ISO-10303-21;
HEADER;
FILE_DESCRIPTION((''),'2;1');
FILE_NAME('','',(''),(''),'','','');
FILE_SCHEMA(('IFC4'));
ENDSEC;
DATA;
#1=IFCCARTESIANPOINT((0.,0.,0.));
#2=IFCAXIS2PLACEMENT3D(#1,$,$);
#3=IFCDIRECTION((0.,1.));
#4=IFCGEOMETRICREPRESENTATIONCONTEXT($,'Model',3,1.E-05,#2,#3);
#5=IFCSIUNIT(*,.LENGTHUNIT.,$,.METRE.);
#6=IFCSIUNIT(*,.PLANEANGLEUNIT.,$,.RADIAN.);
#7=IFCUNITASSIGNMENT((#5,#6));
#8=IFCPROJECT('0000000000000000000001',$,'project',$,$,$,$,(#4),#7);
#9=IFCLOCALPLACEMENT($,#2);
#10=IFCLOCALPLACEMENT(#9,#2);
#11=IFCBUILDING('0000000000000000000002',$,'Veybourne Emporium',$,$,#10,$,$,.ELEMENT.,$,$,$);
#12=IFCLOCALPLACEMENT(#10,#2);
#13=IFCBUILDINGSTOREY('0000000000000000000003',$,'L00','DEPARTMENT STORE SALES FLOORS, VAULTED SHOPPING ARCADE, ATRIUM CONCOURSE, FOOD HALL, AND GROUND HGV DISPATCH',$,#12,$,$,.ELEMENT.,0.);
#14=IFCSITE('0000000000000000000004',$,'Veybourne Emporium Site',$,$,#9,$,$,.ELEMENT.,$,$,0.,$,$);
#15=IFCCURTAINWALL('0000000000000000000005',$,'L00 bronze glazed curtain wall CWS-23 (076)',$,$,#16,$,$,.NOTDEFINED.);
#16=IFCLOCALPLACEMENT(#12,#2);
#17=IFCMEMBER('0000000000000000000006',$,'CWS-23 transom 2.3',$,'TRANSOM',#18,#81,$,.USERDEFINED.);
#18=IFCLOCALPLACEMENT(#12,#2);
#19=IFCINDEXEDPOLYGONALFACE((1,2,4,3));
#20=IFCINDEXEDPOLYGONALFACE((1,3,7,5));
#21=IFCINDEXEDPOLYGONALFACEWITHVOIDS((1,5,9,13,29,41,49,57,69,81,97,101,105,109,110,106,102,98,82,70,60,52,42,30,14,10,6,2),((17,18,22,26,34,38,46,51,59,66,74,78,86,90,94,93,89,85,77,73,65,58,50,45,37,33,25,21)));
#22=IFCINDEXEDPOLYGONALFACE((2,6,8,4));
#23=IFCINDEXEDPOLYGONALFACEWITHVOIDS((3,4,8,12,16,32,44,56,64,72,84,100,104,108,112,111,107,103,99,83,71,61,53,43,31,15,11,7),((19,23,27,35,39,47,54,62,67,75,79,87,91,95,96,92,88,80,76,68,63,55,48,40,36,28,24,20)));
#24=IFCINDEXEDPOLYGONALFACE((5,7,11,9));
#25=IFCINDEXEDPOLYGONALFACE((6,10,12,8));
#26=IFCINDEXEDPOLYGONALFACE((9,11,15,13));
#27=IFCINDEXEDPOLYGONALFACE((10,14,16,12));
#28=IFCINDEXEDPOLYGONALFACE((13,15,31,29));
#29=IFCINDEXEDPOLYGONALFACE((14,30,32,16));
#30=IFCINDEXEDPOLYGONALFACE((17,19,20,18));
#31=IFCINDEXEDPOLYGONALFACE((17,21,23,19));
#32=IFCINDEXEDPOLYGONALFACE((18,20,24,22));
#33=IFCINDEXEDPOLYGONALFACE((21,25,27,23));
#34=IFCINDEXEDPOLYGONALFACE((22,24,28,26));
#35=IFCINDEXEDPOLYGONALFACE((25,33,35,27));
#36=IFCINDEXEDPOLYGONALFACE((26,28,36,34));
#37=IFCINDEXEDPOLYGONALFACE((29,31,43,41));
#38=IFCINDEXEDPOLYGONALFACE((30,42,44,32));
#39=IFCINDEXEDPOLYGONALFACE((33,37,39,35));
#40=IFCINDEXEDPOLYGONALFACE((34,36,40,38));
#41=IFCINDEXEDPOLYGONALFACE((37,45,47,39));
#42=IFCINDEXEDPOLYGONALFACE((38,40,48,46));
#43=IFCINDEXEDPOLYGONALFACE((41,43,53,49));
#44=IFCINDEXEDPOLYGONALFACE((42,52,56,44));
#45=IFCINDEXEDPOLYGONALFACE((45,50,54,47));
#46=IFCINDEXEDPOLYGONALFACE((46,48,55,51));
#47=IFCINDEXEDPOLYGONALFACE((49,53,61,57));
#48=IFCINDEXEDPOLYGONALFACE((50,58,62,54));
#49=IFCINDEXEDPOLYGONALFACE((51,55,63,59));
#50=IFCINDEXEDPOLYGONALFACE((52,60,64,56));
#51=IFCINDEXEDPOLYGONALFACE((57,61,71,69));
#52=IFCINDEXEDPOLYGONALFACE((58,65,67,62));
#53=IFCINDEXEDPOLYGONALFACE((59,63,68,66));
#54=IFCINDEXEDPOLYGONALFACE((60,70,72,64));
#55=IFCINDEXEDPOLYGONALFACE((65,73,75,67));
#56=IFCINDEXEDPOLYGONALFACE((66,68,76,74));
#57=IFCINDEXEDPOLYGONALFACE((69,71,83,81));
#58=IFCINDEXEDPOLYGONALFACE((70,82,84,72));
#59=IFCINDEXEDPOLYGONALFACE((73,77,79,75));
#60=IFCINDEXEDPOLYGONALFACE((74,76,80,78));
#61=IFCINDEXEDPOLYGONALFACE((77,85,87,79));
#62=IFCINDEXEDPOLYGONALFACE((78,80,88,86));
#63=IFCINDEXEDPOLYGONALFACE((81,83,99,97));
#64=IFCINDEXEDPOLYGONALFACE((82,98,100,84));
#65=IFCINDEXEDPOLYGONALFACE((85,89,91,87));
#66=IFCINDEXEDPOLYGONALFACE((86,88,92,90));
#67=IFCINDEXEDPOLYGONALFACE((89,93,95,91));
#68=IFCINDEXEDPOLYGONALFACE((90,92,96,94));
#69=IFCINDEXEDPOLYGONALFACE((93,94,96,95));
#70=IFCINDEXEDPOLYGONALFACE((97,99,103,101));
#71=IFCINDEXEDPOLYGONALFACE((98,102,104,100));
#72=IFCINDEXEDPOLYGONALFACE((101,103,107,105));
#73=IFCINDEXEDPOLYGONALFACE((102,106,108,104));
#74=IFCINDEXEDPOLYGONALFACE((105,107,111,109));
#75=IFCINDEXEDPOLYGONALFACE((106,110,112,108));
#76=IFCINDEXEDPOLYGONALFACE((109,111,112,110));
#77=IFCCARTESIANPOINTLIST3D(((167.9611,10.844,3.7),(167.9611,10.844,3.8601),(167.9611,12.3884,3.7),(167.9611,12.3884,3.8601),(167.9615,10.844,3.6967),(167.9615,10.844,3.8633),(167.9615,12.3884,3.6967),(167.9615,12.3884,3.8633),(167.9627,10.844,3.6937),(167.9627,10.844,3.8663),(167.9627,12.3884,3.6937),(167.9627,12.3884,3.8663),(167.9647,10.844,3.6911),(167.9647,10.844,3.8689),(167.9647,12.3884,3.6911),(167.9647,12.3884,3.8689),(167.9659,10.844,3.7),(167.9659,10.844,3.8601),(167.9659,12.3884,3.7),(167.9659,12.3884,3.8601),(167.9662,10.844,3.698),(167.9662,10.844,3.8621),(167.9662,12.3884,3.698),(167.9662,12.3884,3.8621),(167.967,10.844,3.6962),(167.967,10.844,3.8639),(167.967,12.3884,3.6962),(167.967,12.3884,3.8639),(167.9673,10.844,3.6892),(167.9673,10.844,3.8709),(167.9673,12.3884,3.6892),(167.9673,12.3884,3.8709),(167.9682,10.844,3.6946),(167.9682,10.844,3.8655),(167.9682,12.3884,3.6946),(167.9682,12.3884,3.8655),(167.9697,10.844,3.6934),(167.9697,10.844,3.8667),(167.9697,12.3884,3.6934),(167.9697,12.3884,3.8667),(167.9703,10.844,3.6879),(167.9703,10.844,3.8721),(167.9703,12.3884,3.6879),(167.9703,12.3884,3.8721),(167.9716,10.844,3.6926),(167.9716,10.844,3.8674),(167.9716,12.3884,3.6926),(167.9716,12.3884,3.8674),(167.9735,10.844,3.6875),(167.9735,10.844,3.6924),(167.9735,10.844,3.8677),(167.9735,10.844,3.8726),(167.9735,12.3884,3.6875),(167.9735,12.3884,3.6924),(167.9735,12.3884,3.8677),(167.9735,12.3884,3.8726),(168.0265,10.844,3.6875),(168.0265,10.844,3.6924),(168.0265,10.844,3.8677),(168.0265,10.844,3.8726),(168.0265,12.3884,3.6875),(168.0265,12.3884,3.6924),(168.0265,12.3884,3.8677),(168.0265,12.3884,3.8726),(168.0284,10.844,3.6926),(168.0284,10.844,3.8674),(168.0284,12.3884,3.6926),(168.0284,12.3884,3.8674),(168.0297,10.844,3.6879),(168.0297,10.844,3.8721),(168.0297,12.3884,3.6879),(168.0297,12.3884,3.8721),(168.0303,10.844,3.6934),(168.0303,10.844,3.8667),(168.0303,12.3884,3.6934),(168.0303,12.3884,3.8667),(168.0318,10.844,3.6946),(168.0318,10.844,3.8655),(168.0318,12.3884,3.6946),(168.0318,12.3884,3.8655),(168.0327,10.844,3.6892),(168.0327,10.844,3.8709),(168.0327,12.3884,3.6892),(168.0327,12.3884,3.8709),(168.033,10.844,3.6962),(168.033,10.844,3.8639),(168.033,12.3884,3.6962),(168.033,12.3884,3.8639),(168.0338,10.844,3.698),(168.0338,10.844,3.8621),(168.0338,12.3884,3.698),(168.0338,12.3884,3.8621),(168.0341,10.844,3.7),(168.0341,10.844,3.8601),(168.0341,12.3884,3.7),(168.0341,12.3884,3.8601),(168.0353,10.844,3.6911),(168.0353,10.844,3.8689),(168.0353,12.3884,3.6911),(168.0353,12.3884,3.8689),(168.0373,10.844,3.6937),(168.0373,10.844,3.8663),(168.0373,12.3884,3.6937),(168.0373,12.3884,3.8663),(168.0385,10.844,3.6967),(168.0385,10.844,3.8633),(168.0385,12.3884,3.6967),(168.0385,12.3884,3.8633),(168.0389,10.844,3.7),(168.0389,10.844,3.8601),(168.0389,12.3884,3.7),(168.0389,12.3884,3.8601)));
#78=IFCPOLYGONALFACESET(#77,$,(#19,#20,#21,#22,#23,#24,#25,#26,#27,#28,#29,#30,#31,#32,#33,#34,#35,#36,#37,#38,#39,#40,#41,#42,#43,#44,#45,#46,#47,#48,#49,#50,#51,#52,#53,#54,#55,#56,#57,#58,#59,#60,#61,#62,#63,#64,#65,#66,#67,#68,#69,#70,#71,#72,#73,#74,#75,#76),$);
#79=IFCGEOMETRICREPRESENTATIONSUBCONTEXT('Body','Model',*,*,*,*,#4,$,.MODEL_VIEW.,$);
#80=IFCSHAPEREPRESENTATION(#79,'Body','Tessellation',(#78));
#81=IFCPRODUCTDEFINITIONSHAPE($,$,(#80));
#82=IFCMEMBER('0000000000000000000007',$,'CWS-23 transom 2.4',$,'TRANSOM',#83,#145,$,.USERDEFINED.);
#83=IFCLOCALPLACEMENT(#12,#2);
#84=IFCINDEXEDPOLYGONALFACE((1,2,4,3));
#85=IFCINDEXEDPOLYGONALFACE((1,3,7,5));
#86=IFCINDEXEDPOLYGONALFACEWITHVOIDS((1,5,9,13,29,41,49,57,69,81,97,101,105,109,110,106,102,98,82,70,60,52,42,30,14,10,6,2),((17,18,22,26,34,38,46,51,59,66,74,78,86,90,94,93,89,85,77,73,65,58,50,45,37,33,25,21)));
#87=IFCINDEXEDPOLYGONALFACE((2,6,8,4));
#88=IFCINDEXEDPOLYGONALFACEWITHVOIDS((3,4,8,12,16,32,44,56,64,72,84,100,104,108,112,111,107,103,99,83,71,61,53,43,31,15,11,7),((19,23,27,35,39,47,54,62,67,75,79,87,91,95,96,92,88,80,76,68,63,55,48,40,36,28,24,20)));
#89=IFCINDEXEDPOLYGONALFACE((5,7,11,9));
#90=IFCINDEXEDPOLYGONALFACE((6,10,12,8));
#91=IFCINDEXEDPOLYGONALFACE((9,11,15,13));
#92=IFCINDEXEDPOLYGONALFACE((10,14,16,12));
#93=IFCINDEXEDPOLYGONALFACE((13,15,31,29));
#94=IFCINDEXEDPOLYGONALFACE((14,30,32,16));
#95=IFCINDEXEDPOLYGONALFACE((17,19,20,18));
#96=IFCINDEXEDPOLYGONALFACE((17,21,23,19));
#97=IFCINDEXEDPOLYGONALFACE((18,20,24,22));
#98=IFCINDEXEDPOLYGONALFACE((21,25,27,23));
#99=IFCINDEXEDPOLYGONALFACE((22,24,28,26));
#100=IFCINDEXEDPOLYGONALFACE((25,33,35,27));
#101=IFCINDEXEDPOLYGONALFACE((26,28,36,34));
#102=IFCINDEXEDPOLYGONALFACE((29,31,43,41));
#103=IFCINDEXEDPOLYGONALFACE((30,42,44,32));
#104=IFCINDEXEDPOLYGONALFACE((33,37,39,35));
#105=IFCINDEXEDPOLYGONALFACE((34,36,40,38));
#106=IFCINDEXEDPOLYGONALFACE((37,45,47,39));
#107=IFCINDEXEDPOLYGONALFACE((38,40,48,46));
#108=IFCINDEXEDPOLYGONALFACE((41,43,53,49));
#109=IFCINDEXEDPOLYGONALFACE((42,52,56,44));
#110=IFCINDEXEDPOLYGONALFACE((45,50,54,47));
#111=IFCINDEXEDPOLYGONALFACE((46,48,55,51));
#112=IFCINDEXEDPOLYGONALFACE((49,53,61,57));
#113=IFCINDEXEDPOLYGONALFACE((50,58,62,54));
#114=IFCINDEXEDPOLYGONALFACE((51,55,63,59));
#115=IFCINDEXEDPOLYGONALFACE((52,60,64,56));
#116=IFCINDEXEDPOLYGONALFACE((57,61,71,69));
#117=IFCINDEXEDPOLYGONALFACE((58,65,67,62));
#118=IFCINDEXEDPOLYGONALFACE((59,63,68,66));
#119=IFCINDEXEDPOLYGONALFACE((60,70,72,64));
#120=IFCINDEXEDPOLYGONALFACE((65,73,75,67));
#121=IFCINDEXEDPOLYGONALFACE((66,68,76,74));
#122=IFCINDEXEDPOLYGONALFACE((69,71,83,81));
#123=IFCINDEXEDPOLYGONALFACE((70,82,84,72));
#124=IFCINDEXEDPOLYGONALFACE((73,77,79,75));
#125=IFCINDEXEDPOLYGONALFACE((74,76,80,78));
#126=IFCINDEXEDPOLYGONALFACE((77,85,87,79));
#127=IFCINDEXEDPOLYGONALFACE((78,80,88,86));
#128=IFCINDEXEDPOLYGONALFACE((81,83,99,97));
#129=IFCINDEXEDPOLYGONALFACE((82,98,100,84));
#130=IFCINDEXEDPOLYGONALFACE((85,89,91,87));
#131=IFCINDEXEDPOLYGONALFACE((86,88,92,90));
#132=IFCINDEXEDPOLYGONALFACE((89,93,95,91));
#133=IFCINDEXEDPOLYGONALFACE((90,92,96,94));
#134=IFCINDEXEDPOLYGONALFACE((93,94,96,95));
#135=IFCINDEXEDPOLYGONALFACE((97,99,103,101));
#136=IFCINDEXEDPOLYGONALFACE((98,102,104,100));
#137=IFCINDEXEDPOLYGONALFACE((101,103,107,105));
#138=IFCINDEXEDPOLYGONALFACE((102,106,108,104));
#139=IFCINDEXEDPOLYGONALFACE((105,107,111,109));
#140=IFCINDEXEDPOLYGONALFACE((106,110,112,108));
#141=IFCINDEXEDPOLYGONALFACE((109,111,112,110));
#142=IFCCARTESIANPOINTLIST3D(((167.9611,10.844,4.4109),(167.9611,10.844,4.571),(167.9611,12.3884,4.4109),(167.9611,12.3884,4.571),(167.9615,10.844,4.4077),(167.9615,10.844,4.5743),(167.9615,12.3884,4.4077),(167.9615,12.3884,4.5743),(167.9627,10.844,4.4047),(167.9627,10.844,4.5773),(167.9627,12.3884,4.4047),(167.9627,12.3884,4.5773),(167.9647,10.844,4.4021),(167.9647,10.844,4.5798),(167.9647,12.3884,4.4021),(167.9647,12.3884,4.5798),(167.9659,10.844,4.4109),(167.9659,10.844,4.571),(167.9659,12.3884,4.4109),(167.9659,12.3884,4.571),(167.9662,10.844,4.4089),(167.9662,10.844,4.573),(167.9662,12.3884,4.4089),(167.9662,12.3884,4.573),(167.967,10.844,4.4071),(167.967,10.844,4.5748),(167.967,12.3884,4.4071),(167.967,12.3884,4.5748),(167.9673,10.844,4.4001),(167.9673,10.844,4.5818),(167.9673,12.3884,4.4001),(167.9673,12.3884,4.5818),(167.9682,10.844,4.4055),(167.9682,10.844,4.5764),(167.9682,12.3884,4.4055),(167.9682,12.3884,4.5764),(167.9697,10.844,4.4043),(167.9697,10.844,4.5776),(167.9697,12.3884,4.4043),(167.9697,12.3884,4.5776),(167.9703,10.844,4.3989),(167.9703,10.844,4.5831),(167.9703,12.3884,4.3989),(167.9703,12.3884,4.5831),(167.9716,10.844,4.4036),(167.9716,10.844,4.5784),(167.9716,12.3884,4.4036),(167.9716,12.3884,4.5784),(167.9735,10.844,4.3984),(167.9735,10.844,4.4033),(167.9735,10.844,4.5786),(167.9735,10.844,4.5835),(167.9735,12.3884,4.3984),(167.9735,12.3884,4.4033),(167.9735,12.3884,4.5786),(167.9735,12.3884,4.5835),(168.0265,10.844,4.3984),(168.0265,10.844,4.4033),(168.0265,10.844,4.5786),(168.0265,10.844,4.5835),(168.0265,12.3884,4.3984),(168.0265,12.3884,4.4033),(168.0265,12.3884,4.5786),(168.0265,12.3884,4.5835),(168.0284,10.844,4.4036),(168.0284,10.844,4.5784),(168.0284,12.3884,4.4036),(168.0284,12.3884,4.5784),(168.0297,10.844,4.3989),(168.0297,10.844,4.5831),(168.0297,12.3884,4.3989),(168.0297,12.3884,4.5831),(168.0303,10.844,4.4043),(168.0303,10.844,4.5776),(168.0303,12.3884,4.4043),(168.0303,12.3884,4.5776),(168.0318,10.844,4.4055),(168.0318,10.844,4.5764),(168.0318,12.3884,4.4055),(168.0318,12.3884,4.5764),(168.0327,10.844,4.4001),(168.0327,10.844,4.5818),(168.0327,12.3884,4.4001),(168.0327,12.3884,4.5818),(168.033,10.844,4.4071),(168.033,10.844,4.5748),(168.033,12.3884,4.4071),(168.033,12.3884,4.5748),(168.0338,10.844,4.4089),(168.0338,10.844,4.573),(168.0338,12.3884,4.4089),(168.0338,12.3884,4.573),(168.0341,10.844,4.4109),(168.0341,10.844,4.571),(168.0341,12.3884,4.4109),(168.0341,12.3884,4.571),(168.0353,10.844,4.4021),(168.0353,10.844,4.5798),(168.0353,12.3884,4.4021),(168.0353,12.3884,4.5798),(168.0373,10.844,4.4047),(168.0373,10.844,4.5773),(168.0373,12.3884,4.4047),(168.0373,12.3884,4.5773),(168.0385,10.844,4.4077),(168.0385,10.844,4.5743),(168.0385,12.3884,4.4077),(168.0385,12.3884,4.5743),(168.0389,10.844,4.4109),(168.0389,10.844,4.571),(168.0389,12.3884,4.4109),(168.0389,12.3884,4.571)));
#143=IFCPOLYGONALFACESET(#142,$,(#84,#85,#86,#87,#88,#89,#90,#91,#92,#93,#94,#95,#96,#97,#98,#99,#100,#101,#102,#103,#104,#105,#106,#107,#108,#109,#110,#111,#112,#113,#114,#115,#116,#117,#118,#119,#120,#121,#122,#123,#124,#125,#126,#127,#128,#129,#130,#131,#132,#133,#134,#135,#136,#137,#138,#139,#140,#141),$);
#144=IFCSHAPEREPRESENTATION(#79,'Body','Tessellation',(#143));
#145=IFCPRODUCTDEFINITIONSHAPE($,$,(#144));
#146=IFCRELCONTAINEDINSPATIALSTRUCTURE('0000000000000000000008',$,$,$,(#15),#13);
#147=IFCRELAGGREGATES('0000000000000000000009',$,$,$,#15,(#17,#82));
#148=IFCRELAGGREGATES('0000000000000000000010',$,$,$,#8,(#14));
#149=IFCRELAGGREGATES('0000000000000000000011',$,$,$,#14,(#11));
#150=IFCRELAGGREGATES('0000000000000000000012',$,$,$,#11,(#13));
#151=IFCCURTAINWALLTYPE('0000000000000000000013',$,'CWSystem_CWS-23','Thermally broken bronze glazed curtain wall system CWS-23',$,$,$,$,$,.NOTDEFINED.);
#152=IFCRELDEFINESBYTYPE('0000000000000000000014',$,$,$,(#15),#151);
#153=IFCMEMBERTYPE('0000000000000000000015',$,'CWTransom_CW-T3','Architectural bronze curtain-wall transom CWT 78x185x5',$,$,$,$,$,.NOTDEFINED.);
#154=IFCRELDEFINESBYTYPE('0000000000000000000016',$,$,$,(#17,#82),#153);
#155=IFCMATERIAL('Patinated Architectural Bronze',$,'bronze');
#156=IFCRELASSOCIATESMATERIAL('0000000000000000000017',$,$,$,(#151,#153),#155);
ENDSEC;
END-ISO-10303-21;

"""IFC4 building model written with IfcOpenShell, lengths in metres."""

from ifc_helpers import new_model, si_unit, direction, frame, origin, origin_2d, place, context, subcontext, project, spatial, hollow_rectangle, extrude, material, material_profile, profile_set, type_object, element, aggregate, save


model = new_model("IFC4")

# Units and contexts
model_context = context("Model", 3, precision=1e-05, world=origin(), true_north=direction((0.0, 1.0)))
body_context = subcontext(model_context, "Body", "Model", "MODEL_VIEW")
ifc_project = project(units=[si_unit("LENGTHUNIT", "METRE"), si_unit("PLANEANGLEUNIT", "RADIAN")], contexts=[model_context])

# Site, building, storey
site_placement = place(None, origin())
site = spatial("IfcSite", under=ifc_project, at=site_placement, Name="Veybourne Emporium Site", CompositionType="ELEMENT", RefElevation=0.0)
building_placement = place(site_placement, origin())
building = spatial("IfcBuilding", under=site, at=building_placement, Name="Veybourne Emporium", CompositionType="ELEMENT")
storey_placement = place(building_placement, origin())
storey = spatial("IfcBuildingStorey", under=building, at=storey_placement, Name="L00", Description="DEPARTMENT STORE SALES FLOORS, VAULTED SHOPPING ARCADE, ATRIUM CONCOURSE, FOOD HALL, AND GROUND HGV DISPATCH", CompositionType="ELEMENT", Elevation=0.0)

# Curtain wall
ifc_material_1 = material(Name="Patinated Architectural Bronze", Category="bronze")
curtain_wall_type_1 = type_object("IfcCurtainWallType", Name="CWSystem_CWS-23", Description="Thermally broken bronze glazed curtain wall system CWS-23", PredefinedType="NOTDEFINED", material=ifc_material_1)
curtain_wall_1_placement = place(storey_placement, origin())
curtain_wall_1 = element("IfcCurtainWall", 1, at=curtain_wall_1_placement, inside=storey, type_object=curtain_wall_type_1, Name="L00 bronze glazed curtain wall CWS-23 (076)", PredefinedType="NOTDEFINED")

# Members
ifc_material_profile_1 = material_profile(ifc_material_1, hollow_rectangle(XDim=0.0779, YDim=0.1851, WallThickness=0.0049, InnerFilletRadius=0.0076, OuterFilletRadius=0.0125, at=origin_2d()), Name="CWT 78x185x5")
ifc_profile_set_1 = profile_set([ifc_material_profile_1], Name="Patinated Architectural Bronze")
member_type_1 = type_object("IfcMemberType", Name="CWTransom_CW-T3", Description="Architectural bronze curtain-wall transom CWT 78x185x5", PredefinedType="NOTDEFINED", material=ifc_profile_set_1)
member_1_placement = place(storey_placement, frame((168.0, 12.3884, 3.78), z_axis=(0.0, -1.0, 0.0), x_axis=(1.0, 0.0, 0.0)))
member_1 = element("IfcMember", 2, at=member_1_placement, type_object=member_type_1, Name="CWS-23 transom 2.3", ObjectType="TRANSOM", PredefinedType="USERDEFINED", context=body_context, shape_type="SweptSolid", body=[
    extrude(hollow_rectangle(XDim=0.0779, YDim=0.1851, WallThickness=0.0049, InnerFilletRadius=0.0076, OuterFilletRadius=0.0125, at=origin_2d()), origin(), (0.0, 0.0, 1.0), 1.5444),
])
member_2_placement = place(storey_placement, frame((168.0, 12.3884, 4.491), z_axis=(0.0, -1.0, 0.0), x_axis=(1.0, 0.0, 0.0)))
member_2 = element("IfcMember", 3, at=member_2_placement, type_object=member_type_1, Name="CWS-23 transom 2.4", ObjectType="TRANSOM", PredefinedType="USERDEFINED", context=body_context, shape_type="SweptSolid", body=[
    extrude(hollow_rectangle(XDim=0.0779, YDim=0.1851, WallThickness=0.0049, InnerFilletRadius=0.0076, OuterFilletRadius=0.0125, at=origin_2d()), origin(), (0.0, 0.0, 1.0), 1.5444),
])

aggregate(curtain_wall_1, [member_1, member_2])

save(model, "model.ifc")
